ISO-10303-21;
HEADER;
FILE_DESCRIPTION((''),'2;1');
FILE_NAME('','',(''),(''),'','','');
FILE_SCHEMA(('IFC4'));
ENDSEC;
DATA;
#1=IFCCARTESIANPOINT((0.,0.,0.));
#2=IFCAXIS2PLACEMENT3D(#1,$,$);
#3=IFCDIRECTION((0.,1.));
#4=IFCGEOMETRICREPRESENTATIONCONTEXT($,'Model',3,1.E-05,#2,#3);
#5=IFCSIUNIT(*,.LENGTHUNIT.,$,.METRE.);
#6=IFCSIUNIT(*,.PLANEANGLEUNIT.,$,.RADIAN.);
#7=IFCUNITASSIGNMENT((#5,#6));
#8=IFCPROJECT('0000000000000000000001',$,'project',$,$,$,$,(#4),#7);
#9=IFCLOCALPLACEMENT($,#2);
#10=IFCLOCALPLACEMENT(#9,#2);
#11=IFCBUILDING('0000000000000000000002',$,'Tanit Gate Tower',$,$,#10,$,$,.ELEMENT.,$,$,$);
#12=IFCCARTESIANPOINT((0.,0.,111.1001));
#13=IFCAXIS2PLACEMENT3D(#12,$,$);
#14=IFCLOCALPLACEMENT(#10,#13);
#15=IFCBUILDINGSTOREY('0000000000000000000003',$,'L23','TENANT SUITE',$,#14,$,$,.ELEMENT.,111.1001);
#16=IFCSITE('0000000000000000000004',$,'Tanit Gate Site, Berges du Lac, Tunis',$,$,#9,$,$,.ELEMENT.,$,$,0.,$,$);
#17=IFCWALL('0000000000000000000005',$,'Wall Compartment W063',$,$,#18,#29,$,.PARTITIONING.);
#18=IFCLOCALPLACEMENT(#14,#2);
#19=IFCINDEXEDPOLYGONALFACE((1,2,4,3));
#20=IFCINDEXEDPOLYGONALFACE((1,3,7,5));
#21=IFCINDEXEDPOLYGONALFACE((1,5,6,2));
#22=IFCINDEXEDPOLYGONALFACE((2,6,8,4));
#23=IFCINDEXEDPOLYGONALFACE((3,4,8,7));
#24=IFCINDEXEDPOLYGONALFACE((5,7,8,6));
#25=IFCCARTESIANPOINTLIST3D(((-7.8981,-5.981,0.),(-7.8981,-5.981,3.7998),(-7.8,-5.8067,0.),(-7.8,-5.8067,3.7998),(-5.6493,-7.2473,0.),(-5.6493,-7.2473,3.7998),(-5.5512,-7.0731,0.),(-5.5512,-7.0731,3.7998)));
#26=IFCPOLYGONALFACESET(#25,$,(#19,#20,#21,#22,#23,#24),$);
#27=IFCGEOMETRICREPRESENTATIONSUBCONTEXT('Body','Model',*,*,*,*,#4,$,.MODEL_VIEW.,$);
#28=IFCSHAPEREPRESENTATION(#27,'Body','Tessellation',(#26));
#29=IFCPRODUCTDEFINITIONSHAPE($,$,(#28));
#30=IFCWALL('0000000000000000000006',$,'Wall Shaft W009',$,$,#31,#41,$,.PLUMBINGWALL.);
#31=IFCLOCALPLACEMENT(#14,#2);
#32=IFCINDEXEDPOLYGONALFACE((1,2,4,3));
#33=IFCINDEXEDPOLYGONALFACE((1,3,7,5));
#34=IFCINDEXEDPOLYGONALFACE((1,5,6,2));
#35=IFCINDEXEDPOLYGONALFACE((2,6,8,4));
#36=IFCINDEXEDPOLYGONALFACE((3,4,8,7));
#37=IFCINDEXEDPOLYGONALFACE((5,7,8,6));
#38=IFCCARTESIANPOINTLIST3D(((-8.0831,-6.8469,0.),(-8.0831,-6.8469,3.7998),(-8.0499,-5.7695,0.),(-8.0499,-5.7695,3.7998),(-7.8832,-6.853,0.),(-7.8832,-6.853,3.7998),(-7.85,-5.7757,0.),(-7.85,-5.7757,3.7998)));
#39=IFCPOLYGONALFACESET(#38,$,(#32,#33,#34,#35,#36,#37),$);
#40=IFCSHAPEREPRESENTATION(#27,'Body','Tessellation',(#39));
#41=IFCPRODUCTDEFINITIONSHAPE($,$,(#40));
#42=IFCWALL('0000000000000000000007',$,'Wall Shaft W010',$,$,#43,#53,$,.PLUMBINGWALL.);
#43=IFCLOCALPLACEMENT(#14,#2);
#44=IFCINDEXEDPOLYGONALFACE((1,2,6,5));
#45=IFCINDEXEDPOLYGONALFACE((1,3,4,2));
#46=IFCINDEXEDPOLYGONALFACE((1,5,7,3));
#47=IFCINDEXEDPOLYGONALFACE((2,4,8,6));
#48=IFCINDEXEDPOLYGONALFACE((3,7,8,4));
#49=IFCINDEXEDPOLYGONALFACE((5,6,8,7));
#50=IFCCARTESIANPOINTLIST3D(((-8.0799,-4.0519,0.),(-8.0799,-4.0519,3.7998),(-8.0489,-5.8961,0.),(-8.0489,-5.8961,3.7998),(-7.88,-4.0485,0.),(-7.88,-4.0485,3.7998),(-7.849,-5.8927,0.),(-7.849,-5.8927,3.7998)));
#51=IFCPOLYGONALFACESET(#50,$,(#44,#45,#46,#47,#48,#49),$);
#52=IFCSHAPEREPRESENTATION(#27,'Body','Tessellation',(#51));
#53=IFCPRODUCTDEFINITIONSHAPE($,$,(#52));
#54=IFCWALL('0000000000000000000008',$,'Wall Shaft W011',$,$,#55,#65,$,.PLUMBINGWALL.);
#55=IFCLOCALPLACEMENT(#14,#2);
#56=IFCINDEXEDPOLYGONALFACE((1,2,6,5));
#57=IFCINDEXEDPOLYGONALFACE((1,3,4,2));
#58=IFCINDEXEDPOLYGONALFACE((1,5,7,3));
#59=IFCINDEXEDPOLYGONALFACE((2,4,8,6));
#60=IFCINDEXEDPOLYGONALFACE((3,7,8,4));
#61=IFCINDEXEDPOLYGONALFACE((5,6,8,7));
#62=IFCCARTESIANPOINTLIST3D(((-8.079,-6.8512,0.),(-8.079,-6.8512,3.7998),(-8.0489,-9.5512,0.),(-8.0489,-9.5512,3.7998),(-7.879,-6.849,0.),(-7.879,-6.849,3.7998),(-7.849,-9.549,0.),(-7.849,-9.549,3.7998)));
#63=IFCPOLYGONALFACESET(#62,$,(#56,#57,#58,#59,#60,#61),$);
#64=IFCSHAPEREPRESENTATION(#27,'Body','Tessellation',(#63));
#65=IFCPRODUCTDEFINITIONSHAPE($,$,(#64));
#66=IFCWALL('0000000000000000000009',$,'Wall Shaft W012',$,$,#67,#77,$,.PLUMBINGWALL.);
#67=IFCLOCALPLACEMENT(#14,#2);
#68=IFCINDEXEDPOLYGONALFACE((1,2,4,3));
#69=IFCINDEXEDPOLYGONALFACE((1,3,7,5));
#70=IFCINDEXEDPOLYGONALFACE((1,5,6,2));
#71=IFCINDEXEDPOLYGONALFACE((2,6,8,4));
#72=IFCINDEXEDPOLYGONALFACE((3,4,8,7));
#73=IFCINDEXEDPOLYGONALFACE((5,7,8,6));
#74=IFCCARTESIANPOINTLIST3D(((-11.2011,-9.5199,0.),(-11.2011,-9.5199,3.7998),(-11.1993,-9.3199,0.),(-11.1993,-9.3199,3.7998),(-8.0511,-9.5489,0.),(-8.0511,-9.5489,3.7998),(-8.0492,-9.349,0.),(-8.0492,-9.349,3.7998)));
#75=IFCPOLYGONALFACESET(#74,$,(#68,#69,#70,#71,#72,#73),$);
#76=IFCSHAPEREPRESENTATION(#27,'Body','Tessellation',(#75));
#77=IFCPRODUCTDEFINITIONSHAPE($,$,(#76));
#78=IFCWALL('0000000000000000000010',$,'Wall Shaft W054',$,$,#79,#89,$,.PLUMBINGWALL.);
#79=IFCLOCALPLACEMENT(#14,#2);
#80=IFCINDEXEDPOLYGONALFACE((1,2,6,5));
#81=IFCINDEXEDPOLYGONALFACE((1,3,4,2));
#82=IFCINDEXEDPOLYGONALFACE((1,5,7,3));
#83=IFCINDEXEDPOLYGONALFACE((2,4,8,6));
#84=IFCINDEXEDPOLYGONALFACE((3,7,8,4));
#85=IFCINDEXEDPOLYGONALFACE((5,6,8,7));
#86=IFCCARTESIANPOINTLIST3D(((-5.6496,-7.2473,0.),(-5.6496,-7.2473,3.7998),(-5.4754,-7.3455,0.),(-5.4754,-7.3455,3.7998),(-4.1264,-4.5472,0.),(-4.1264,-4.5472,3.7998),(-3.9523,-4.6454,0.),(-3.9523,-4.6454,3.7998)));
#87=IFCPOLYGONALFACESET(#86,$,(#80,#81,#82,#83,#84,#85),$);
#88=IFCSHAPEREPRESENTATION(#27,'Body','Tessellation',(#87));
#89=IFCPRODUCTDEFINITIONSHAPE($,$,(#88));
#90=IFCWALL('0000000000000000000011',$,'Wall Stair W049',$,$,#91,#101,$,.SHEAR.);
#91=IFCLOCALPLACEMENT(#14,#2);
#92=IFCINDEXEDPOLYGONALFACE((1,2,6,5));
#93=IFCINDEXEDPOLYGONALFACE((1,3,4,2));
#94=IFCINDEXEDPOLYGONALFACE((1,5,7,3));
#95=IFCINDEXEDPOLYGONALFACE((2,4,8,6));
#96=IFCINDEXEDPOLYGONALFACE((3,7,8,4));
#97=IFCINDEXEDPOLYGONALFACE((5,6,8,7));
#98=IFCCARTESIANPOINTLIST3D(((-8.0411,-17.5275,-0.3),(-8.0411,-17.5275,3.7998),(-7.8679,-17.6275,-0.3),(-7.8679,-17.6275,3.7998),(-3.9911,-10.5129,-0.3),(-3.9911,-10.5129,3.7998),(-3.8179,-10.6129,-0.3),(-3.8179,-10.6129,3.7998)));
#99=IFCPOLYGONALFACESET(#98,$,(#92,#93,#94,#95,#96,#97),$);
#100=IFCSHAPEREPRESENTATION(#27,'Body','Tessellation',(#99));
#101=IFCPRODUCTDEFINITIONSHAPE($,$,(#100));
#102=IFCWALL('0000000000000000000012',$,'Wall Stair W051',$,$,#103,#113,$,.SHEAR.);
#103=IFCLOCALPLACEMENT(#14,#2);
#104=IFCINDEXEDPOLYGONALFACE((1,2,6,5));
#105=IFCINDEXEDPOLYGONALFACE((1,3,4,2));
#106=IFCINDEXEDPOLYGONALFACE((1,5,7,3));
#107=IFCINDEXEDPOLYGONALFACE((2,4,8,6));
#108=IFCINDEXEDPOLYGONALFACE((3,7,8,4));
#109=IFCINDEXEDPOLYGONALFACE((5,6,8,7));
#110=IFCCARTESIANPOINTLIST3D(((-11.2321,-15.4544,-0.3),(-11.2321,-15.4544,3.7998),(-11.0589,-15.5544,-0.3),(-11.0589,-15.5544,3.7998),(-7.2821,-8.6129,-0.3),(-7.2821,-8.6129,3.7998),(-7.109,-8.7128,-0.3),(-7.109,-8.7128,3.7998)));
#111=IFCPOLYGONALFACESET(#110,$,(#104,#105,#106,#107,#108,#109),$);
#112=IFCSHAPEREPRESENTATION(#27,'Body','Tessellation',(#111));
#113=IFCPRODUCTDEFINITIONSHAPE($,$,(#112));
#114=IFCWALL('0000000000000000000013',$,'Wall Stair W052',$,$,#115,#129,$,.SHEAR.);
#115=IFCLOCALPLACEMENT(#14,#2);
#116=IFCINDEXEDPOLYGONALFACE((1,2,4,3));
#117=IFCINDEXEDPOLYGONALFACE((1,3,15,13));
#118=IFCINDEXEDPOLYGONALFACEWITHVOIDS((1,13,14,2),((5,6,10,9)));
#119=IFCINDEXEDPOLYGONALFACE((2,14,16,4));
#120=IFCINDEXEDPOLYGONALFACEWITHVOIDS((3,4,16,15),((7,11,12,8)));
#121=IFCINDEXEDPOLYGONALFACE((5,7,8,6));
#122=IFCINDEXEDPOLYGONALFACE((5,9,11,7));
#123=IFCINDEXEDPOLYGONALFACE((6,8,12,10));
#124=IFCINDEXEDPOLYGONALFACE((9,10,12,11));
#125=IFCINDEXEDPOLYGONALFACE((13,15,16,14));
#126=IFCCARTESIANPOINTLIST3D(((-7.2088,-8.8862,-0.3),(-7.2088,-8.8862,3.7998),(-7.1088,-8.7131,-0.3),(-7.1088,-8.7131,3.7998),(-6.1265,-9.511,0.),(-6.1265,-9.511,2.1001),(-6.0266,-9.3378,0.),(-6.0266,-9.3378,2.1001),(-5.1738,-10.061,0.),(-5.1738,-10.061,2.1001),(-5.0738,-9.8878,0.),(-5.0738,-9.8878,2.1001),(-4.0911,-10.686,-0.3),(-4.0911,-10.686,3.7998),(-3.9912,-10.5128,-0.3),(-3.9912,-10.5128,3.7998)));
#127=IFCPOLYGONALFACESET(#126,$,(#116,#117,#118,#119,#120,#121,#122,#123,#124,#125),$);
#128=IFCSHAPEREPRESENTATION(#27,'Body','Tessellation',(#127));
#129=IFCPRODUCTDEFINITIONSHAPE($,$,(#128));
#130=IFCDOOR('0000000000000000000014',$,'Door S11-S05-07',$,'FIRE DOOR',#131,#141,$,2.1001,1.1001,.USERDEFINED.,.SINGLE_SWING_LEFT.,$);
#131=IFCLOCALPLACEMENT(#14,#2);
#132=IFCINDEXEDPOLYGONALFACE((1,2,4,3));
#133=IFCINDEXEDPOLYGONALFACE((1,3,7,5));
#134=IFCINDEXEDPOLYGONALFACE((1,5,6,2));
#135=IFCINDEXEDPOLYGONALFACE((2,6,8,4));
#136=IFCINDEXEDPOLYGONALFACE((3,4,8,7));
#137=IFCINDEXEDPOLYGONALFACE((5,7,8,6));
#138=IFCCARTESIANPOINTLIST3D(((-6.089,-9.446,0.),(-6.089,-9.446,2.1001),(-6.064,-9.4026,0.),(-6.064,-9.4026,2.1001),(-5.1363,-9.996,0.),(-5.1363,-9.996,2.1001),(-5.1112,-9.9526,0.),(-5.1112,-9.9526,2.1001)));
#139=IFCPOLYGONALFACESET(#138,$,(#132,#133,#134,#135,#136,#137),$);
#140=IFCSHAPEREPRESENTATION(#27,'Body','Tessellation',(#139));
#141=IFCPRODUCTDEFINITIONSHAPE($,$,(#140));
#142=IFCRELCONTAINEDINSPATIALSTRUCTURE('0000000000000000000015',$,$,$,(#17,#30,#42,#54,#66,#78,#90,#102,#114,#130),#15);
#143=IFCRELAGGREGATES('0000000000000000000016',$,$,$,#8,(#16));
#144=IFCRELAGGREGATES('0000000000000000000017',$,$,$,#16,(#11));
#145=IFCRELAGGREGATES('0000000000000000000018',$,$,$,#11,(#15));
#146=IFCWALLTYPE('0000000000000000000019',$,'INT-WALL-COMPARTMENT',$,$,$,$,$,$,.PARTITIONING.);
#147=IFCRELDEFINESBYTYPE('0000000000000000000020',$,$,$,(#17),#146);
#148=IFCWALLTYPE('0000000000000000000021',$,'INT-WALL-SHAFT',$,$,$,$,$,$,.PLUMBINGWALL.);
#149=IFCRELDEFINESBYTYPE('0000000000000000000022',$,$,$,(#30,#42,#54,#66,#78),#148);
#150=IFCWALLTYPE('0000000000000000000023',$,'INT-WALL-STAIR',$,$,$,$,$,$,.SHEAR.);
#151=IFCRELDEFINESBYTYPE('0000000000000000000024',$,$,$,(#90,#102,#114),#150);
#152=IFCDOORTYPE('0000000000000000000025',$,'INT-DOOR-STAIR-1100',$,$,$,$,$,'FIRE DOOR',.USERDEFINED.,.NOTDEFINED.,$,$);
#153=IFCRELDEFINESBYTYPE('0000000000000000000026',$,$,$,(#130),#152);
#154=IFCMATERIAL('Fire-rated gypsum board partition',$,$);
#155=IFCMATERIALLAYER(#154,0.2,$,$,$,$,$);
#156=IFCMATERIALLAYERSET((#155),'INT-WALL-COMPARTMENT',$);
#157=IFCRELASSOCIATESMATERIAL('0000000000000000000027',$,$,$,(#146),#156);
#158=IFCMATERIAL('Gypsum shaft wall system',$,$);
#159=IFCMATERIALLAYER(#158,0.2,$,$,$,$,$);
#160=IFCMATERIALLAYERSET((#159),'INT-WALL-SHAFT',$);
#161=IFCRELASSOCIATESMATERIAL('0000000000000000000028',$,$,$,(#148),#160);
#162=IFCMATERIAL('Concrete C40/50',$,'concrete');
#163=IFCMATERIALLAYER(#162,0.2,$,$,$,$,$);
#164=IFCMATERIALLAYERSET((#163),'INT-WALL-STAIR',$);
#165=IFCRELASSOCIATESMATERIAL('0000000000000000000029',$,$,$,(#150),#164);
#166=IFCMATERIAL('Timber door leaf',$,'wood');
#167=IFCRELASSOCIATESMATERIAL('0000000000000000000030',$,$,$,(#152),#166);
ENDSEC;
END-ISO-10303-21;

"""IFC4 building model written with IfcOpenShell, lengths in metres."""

from ifc_helpers import new_model, si_unit, direction, frame, frame_2d, origin, place, context, subcontext, project, spatial, rectangle, extrude, material, layer, layer_set, type_object, element, fill, save


model = new_model("IFC4")

# Units and contexts
model_context = context("Model", 3, precision=1e-05, world=origin(), true_north=direction((0.0, 1.0)))
body_context = subcontext(model_context, "Body", "Model", "MODEL_VIEW")
ifc_project = project(units=[si_unit("LENGTHUNIT", "METRE"), si_unit("PLANEANGLEUNIT", "RADIAN")], contexts=[model_context])

# Site, building, storey
site_placement = place(None, origin())
site = spatial("IfcSite", under=ifc_project, at=site_placement, Name="Tanit Gate Site, Berges du Lac, Tunis", CompositionType="ELEMENT", RefElevation=0.0)
building_placement = place(site_placement, origin())
building = spatial("IfcBuilding", under=site, at=building_placement, Name="Tanit Gate Tower", CompositionType="ELEMENT")
storey_placement = place(building_placement, frame((0.0, 0.0, 111.1001)))
storey = spatial("IfcBuildingStorey", under=building, at=storey_placement, Name="L23", Description="TENANT SUITE", CompositionType="ELEMENT", Elevation=111.1001)

# Walls
ifc_material_1 = material(Name="Fire-rated gypsum board partition")
ifc_layer_1 = layer(ifc_material_1, 0.2)
ifc_layer_set_1 = layer_set([ifc_layer_1], Name="INT-WALL-COMPARTMENT")
wall_type_1 = type_object("IfcWallType", Name="INT-WALL-COMPARTMENT", PredefinedType="PARTITIONING", material=ifc_layer_set_1)
wall_1_placement = place(storey_placement, frame((-7.8491, -5.8938, 0.0), z_axis=(0.0, 0.0, 1.0), x_axis=(0.87134, -0.490679, 0.0)))
element("IfcWall", 1, at=wall_1_placement, inside=storey, type_object=wall_type_1, Name="Wall Compartment W063", PredefinedType="PARTITIONING", context=body_context, shape_type="SweptSolid", body=[
    extrude(rectangle(XDim=2.5808, YDim=0.2, at=frame_2d((1.2905, 0.0))), origin(), (0.0, 0.0, 1.0), 3.7998),
])
ifc_material_2 = material(Name="Gypsum shaft wall system")
ifc_layer_2 = layer(ifc_material_2, 0.2)
ifc_layer_set_2 = layer_set([ifc_layer_2], Name="INT-WALL-SHAFT")
wall_type_2 = type_object("IfcWallType", Name="INT-WALL-SHAFT", PredefinedType="PLUMBINGWALL", material=ifc_layer_set_2)
wall_2_placement = place(storey_placement, frame((-7.95, -5.7725, 0.0), z_axis=(0.0, 0.0, 1.0), x_axis=(-0.030803, -0.999525, 0.0)))
element("IfcWall", 2, at=wall_2_placement, inside=storey, type_object=wall_type_2, Name="Wall Shaft W009", PredefinedType="PLUMBINGWALL", context=body_context, shape_type="SweptSolid", body=[
    extrude(rectangle(XDim=1.0779, YDim=0.2, at=frame_2d((0.5391, 0.0))), origin(), (0.0, 0.0, 1.0), 3.7998),
])
wall_3_placement = place(storey_placement, frame((-7.98, -4.05, 0.0), z_axis=(0.0, 0.0, 1.0), x_axis=(0.01681, -0.999859, 0.0)))
element("IfcWall", 3, at=wall_3_placement, inside=storey, type_object=wall_type_2, Name="Wall Shaft W010", PredefinedType="PLUMBINGWALL", context=body_context, shape_type="SweptSolid", body=[
    extrude(rectangle(XDim=1.8445, YDim=0.2, at=frame_2d((0.9224, 0.0))), origin(), (0.0, 0.0, 1.0), 3.7998),
])
wall_4_placement = place(storey_placement, frame((-7.979, -6.8501, 0.0), z_axis=(0.0, 0.0, 1.0), x_axis=(0.011121, -0.999938, 0.0)))
element("IfcWall", 4, at=wall_4_placement, inside=storey, type_object=wall_type_2, Name="Wall Shaft W011", PredefinedType="PLUMBINGWALL", context=body_context, shape_type="SweptSolid", body=[
    extrude(rectangle(XDim=2.7002, YDim=0.2, at=frame_2d((1.3501, 0.0))), origin(), (0.0, 0.0, 1.0), 3.7998),
])
wall_5_placement = place(storey_placement, frame((-8.05, -9.449, 0.0), z_axis=(0.0, 0.0, 1.0), x_axis=(-0.999957, 0.009223, 0.0)))
element("IfcWall", 5, at=wall_5_placement, inside=storey, type_object=wall_type_2, Name="Wall Shaft W012", PredefinedType="PLUMBINGWALL", context=body_context, shape_type="SweptSolid", body=[
    extrude(rectangle(XDim=3.1501, YDim=0.2, at=frame_2d((1.5752, 0.0))), origin(), (0.0, 0.0, 1.0), 3.7998),
])
wall_6_placement = place(storey_placement, frame((-5.5625, -7.2964, 0.0), z_axis=(0.0, 0.0, 1.0), x_axis=(0.491323, 0.870978, 0.0)))
element("IfcWall", 6, at=wall_6_placement, inside=storey, type_object=wall_type_2, Name="Wall Shaft W054", PredefinedType="PLUMBINGWALL", context=body_context, shape_type="SweptSolid", body=[
    extrude(rectangle(XDim=3.1001, YDim=0.2, at=frame_2d((1.55, 0.0))), origin(), (0.0, 0.0, 1.0), 3.7998),
])
ifc_material_3 = material(Name="Concrete C40/50", Category="concrete")
ifc_layer_3 = layer(ifc_material_3, 0.2)
ifc_layer_set_3 = layer_set([ifc_layer_3], Name="INT-WALL-STAIR")
wall_type_3 = type_object("IfcWallType", Name="INT-WALL-STAIR", PredefinedType="SHEAR", material=ifc_layer_set_3)
wall_7_placement = place(storey_placement, frame((-3.9045, -10.563, -0.3), z_axis=(0.0, 0.0, 1.0), x_axis=(-0.500013, -0.866018, 0.0)))
element("IfcWall", 7, at=wall_7_placement, inside=storey, type_object=wall_type_3, Name="Wall Stair W049", PredefinedType="SHEAR", context=body_context, shape_type="SweptSolid", body=[
    extrude(rectangle(XDim=8.0999, YDim=0.2, at=frame_2d((4.0498, 0.0))), origin(), (0.0, 0.0, 1.0), 4.0999),
])
wall_8_placement = place(storey_placement, frame((-7.1956, -8.6628, -0.3), z_axis=(0.0, 0.0, 1.0), x_axis=(-0.499998, -0.866027, 0.0)))
element("IfcWall", 8, at=wall_8_placement, inside=storey, type_object=wall_type_3, Name="Wall Stair W051", PredefinedType="SHEAR", context=body_context, shape_type="SweptSolid", body=[
    extrude(rectangle(XDim=7.8999, YDim=0.2, at=frame_2d((3.95, 0.0))), origin(), (0.0, 0.0, 1.0), 4.0999),
])

# Wall, opening, door
wall_9_placement = place(storey_placement, frame((-4.0413, -10.5994, -0.3), z_axis=(0.0, 0.0, 1.0), x_axis=(-0.866048, 0.499961, 0.0)))
wall_9 = element("IfcWall", 9, at=wall_9_placement, inside=storey, type_object=wall_type_3, Name="Wall Stair W052", PredefinedType="SHEAR", context=body_context, shape_type="SweptSolid", body=[
    extrude(rectangle(XDim=3.5999, YDim=0.2, at=frame_2d((1.7998, 0.0))), origin(), (0.0, 0.0, 1.0), 4.0999),
])
opening_placement = place(wall_9_placement, frame((1.25, 0.0, 0.3)))
opening = element("IfcOpeningElement", 10, at=opening_placement, cuts=wall_9, PredefinedType="OPENING", context=body_context, shape_type="SweptSolid", body=[
    extrude(rectangle(XDim=1.1001, YDim=2.1001, at=frame_2d((0.55, 1.05))), frame((0.0, 0.1099, 0.0), z_axis=(0.0, -1.0, 0.0), x_axis=(1.0, 0.0, 0.0)), (0.0, 0.0, 1.0), 0.22),
])
ifc_material_4 = material(Name="Timber door leaf", Category="wood")
door_type = type_object("IfcDoorType", Name="INT-DOOR-STAIR-1100", ElementType="FIRE DOOR", OperationType="NOTDEFINED", PredefinedType="USERDEFINED", material=ifc_material_4)
door_placement = place(opening_placement, origin())
door = element("IfcDoor", 11, at=door_placement, inside=storey, type_object=door_type, Name="Door S11-S05-07", ObjectType="FIRE DOOR", OperationType="SINGLE_SWING_LEFT", OverallHeight=2.1001, OverallWidth=1.1001, PredefinedType="USERDEFINED", context=body_context, shape_type="SweptSolid", body=[
    extrude(rectangle(XDim=1.1001, YDim=2.1001, at=frame_2d((0.55, 1.05))), frame((0.0, 0.0249, 0.0), z_axis=(0.0, -1.0, 0.0), x_axis=(1.0, 0.0, 0.0)), (0.0, 0.0, 1.0), 0.05),
])
fill(opening, door)

save(model, "model.ifc")
